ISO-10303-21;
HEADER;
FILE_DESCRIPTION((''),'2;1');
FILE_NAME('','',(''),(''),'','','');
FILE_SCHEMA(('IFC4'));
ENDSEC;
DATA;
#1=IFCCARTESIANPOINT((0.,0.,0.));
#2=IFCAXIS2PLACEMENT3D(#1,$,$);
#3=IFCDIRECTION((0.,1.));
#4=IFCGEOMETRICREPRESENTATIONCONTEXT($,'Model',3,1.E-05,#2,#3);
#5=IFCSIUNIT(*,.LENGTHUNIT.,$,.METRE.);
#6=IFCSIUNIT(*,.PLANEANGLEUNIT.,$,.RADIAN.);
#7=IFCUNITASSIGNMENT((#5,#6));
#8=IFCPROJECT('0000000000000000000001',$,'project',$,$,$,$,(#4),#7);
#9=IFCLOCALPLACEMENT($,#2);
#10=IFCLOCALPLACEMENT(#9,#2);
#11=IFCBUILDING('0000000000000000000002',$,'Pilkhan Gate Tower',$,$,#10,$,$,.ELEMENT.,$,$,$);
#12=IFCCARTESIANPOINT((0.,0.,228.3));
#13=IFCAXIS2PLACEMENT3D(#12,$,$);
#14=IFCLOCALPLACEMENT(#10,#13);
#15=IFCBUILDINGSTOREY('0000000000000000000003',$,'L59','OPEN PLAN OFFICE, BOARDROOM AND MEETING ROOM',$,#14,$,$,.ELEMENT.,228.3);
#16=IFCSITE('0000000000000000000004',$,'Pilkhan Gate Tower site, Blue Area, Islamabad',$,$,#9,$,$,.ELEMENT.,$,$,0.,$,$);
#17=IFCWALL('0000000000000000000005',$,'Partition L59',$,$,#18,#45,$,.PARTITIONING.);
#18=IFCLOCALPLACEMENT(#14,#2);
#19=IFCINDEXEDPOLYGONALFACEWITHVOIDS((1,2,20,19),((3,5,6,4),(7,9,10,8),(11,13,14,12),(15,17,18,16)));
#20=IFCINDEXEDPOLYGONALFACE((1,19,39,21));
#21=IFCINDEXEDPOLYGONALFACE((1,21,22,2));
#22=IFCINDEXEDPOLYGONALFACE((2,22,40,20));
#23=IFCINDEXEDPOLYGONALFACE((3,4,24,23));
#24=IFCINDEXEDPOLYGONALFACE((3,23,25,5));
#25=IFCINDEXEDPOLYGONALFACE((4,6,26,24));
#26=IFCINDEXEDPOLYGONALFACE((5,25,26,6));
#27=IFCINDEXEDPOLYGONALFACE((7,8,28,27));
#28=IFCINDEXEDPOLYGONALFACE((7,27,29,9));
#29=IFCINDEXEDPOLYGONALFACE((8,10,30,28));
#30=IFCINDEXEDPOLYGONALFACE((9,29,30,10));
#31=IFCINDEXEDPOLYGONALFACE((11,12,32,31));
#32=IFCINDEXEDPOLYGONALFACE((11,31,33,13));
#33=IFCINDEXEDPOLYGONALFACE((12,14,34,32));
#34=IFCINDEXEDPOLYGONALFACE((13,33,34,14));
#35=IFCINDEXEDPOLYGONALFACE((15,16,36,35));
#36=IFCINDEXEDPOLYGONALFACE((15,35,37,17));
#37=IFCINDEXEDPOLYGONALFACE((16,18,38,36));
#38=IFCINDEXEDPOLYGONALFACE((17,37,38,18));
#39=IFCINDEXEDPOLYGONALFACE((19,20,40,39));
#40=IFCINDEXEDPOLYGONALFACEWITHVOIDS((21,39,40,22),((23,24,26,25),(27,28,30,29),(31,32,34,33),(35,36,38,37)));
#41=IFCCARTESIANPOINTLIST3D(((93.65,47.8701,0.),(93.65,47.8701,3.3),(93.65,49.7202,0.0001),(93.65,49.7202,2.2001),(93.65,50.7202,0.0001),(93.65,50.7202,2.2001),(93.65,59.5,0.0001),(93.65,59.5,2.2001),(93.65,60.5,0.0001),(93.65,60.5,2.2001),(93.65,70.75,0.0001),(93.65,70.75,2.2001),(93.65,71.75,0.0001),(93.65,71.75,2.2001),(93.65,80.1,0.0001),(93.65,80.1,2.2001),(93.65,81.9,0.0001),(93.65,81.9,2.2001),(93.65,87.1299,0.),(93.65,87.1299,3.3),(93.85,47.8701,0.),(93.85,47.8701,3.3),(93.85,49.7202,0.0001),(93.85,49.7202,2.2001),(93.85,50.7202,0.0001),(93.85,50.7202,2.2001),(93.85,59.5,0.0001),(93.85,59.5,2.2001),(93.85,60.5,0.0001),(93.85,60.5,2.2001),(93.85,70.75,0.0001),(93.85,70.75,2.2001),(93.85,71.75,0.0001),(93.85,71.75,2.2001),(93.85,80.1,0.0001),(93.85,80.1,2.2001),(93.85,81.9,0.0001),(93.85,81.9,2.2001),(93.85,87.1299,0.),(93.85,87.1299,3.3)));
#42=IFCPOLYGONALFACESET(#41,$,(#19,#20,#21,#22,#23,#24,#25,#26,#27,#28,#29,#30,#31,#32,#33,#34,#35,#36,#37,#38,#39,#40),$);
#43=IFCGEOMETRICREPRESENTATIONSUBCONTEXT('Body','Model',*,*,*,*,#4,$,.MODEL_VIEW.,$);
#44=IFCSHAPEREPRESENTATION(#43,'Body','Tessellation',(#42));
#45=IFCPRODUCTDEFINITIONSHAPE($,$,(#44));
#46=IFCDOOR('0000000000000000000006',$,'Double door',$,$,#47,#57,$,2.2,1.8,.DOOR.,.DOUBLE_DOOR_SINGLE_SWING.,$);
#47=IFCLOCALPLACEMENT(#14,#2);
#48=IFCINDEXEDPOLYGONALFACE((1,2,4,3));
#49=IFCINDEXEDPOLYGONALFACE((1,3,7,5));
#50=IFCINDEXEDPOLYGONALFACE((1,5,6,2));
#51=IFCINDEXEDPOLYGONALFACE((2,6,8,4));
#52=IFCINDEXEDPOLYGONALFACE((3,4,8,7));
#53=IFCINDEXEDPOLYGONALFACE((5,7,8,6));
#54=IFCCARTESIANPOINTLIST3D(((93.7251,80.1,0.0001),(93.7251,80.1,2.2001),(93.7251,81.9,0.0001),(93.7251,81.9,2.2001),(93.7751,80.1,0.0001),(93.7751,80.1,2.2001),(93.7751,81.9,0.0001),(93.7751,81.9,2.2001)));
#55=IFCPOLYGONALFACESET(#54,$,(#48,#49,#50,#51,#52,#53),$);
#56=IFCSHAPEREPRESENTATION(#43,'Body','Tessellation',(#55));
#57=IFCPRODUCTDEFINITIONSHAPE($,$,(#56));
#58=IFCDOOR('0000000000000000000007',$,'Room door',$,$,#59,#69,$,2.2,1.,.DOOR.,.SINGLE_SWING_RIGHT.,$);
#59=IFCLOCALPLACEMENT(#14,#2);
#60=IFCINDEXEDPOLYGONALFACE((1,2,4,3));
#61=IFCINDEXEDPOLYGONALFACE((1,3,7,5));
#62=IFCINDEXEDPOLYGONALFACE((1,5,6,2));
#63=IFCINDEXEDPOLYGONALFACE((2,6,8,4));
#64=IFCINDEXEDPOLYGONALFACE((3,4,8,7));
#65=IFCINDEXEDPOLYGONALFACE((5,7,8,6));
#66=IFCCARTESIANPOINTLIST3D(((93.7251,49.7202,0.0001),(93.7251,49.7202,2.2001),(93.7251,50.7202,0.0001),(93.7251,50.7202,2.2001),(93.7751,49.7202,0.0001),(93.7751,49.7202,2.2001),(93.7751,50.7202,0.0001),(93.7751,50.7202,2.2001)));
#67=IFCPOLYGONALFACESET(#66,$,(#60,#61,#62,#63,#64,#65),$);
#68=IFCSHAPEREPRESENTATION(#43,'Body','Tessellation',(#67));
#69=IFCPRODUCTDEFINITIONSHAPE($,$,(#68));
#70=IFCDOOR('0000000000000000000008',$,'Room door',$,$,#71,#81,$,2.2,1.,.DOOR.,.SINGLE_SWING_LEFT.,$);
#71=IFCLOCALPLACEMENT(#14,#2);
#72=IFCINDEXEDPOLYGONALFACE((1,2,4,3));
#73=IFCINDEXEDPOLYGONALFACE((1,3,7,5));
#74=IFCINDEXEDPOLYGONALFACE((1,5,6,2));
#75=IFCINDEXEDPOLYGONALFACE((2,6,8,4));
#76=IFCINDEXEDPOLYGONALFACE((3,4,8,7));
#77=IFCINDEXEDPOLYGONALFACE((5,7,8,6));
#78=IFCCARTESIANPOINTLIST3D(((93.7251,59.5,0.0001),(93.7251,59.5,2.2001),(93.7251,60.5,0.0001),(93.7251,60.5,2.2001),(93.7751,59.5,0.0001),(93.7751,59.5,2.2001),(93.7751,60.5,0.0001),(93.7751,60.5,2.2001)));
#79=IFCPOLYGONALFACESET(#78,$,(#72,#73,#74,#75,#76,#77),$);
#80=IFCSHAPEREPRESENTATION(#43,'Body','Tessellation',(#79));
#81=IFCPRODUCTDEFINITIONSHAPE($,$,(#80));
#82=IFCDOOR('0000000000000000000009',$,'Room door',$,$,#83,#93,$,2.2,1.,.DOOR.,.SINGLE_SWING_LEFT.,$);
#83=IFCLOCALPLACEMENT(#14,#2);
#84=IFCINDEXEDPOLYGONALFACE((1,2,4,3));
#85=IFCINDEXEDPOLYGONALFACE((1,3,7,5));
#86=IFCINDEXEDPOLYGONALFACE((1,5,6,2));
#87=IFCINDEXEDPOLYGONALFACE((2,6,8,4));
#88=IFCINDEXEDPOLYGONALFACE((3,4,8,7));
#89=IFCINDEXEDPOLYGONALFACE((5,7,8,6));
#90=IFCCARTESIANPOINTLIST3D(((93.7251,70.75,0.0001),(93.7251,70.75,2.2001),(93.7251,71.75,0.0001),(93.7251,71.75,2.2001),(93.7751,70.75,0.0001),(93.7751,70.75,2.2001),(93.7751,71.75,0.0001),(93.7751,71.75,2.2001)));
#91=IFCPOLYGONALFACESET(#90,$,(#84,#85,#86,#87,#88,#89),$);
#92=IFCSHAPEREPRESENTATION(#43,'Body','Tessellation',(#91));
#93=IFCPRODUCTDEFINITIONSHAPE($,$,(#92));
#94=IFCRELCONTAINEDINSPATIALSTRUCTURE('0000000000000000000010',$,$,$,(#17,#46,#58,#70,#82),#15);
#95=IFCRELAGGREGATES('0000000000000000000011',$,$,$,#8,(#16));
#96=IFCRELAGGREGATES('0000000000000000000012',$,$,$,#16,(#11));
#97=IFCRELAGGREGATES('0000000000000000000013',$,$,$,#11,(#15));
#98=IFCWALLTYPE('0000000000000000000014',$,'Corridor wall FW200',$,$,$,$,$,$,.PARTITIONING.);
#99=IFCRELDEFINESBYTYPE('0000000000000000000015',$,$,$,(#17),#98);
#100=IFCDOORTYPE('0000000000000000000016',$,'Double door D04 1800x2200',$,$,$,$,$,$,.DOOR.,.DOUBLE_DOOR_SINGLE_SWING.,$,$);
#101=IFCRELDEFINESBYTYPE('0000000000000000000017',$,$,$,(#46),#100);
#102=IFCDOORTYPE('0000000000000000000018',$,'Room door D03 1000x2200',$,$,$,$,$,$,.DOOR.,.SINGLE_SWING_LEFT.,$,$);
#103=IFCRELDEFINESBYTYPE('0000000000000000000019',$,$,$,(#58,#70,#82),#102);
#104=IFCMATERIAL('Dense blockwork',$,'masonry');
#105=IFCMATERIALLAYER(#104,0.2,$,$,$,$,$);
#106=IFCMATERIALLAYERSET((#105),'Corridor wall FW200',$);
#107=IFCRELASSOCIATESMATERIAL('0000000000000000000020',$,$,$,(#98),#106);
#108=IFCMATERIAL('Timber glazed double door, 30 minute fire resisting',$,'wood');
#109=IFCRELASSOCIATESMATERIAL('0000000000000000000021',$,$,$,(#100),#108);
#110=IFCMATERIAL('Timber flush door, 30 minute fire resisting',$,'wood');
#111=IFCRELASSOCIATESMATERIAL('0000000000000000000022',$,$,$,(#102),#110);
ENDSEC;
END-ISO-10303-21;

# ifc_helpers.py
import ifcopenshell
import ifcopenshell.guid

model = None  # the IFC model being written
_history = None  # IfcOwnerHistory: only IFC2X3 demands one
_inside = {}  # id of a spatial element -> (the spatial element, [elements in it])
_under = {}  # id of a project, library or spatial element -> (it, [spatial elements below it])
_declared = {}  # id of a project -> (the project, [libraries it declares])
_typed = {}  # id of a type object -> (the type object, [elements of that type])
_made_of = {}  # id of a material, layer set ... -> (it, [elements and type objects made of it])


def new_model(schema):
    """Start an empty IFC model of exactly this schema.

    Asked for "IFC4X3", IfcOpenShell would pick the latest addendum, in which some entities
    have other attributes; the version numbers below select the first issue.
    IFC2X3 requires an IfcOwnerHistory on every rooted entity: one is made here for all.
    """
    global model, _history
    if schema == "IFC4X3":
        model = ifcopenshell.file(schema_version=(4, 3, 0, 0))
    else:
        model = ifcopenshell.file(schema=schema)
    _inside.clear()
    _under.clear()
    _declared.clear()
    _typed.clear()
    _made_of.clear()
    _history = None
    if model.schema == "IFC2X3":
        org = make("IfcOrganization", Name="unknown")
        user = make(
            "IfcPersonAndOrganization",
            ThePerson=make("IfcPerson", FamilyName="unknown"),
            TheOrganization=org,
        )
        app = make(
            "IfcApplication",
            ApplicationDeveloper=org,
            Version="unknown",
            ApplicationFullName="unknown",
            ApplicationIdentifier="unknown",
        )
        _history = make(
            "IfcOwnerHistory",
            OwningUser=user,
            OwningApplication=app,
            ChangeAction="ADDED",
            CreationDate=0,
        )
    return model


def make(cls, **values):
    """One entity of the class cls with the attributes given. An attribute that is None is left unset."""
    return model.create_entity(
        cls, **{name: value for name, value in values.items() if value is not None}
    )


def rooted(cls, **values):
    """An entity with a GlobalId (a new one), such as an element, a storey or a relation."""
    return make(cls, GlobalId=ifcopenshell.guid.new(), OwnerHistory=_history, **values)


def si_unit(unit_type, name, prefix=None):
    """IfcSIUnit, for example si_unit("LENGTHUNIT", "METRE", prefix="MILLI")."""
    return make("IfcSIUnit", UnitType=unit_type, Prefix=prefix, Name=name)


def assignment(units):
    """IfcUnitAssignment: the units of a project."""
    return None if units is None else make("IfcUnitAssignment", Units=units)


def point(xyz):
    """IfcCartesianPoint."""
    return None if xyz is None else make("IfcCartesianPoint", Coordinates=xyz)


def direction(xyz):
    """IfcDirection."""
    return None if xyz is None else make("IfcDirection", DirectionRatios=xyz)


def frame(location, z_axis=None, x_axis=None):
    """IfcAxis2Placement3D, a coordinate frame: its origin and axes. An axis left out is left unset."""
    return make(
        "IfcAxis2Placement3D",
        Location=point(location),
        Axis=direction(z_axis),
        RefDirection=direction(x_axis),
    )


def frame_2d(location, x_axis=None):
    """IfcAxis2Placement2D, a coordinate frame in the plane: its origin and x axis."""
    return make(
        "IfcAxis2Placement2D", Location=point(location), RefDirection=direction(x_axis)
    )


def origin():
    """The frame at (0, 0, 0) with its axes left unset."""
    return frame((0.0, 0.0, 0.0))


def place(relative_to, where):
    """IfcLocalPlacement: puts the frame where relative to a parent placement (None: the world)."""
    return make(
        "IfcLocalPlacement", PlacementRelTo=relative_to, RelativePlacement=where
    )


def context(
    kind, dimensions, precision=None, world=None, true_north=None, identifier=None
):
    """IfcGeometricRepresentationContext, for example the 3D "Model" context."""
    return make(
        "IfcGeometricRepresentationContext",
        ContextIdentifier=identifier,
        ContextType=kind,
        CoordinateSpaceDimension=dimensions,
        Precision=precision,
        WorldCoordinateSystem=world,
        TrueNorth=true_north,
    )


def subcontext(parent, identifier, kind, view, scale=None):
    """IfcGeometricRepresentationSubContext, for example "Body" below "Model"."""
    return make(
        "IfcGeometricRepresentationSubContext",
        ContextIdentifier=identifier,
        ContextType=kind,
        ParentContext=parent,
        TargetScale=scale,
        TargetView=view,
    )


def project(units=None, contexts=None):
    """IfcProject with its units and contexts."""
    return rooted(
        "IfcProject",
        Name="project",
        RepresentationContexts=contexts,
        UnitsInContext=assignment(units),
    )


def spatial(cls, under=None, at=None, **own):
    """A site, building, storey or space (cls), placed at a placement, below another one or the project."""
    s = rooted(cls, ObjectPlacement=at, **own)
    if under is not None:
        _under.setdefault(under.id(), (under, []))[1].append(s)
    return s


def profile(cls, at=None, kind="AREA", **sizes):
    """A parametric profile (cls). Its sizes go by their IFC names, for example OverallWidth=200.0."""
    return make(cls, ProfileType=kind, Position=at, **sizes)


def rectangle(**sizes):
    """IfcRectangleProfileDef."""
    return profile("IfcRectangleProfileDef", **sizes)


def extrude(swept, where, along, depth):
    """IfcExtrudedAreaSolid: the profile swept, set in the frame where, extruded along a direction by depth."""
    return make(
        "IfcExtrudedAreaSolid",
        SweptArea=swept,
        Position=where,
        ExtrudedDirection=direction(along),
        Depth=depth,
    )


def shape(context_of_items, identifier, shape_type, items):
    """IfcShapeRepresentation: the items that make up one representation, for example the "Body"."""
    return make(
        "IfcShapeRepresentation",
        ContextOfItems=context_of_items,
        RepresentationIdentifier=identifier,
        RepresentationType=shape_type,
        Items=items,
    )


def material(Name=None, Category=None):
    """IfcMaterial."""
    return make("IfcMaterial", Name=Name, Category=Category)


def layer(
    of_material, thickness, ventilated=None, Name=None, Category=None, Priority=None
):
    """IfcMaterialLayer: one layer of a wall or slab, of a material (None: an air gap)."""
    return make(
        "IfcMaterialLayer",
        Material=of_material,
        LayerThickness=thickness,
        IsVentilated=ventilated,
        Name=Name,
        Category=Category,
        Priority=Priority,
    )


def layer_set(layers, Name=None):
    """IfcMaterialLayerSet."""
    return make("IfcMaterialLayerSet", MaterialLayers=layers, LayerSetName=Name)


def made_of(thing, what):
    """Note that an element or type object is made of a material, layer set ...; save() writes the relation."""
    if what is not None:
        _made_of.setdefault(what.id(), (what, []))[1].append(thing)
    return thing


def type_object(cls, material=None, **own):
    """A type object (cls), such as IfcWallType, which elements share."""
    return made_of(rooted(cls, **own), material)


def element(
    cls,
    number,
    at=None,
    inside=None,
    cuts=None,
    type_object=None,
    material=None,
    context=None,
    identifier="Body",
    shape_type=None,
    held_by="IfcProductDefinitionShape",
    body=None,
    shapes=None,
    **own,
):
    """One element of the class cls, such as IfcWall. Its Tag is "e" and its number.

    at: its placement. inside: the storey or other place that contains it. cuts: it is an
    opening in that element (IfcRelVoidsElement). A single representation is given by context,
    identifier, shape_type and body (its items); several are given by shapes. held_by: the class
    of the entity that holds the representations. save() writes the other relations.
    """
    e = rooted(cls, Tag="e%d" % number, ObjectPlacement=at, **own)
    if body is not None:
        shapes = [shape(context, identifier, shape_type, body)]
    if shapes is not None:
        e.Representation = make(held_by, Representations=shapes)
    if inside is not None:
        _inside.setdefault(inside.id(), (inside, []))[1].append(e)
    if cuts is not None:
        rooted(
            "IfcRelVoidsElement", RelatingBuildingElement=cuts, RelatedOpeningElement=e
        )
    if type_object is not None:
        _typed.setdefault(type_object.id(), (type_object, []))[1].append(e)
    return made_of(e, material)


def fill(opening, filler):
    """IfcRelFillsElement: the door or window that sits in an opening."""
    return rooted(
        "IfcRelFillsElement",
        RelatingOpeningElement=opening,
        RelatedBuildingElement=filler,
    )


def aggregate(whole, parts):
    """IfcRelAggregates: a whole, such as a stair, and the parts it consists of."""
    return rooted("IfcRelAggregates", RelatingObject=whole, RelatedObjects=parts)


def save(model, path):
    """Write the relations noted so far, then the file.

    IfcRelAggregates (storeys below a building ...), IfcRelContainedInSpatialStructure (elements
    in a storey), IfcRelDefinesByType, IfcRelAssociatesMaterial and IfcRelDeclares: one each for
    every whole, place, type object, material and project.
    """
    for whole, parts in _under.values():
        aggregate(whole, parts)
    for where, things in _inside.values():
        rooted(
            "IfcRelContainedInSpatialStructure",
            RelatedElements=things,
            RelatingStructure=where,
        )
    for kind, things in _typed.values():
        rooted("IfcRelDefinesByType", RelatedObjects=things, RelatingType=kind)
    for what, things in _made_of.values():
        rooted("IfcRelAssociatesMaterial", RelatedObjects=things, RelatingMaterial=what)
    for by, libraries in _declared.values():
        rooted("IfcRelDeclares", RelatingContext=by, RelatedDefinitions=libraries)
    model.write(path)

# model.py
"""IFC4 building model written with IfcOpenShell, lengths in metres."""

from ifc_helpers import new_model, si_unit, direction, frame, frame_2d, origin, place, context, subcontext, project, spatial, rectangle, extrude, material, layer, layer_set, type_object, element, fill, save


model = new_model("IFC4")

# Units and contexts
model_context = context("Model", 3, precision=1e-05, world=origin(), true_north=direction((0.0, 1.0)))
body_context = subcontext(model_context, "Body", "Model", "MODEL_VIEW")
ifc_project = project(units=[si_unit("LENGTHUNIT", "METRE"), si_unit("PLANEANGLEUNIT", "RADIAN")], contexts=[model_context])

# Site, building, storey
site_placement = place(None, origin())
site = spatial("IfcSite", under=ifc_project, at=site_placement, Name="Pilkhan Gate Tower site, Blue Area, Islamabad", CompositionType="ELEMENT", RefElevation=0.0)
building_placement = place(site_placement, origin())
building = spatial("IfcBuilding", under=site, at=building_placement, Name="Pilkhan Gate Tower", CompositionType="ELEMENT")
storey_placement = place(building_placement, frame((0.0, 0.0, 228.3)))
storey = spatial("IfcBuildingStorey", under=building, at=storey_placement, Name="L59", Description="OPEN PLAN OFFICE, BOARDROOM AND MEETING ROOM", CompositionType="ELEMENT", Elevation=228.3)

# Shared definitions
ifc_material_1 = material(Name="Dense blockwork", Category="masonry")
ifc_layer_1 = layer(ifc_material_1, 0.2)
ifc_layer_set_1 = layer_set([ifc_layer_1], Name="Corridor wall FW200")
wall_type = type_object("IfcWallType", Name="Corridor wall FW200", PredefinedType="PARTITIONING", material=ifc_layer_set_1)

# Wall, openings, doors
wall_1_placement = place(storey_placement, frame((93.75, 47.8701, 0.0), z_axis=(0.0, 0.0, 1.0), x_axis=(0.0, 1.0, 0.0)))
wall_1 = element("IfcWall", 1, at=wall_1_placement, inside=storey, type_object=wall_type, Name="Partition L59", PredefinedType="PARTITIONING", context=body_context, shape_type="SweptSolid", body=[
    extrude(rectangle(XDim=39.2598, YDim=0.2, at=frame_2d((19.6299, 0.0))), origin(), (0.0, 0.0, 1.0), 3.3),
])
opening_1_placement = place(wall_1_placement, frame((1.8501, 0.0, 0.0)))
opening_1 = element("IfcOpeningElement", 2, at=opening_1_placement, cuts=wall_1, PredefinedType="OPENING", context=body_context, shape_type="SweptSolid", body=[
    extrude(rectangle(XDim=1.0, YDim=2.2, at=frame_2d((0.5, 1.1001))), frame((0.0, 0.1099, 0.0), z_axis=(0.0, -1.0, 0.0), x_axis=(1.0, 0.0, 0.0)), (0.0, 0.0, 1.0), 0.22),
])
opening_2_placement = place(wall_1_placement, frame((11.6299, 0.0, 0.0)))
opening_2 = element("IfcOpeningElement", 3, at=opening_2_placement, cuts=wall_1, PredefinedType="OPENING", context=body_context, shape_type="SweptSolid", body=[
    extrude(rectangle(XDim=1.0, YDim=2.2, at=frame_2d((0.5, 1.1001))), frame((0.0, 0.1099, 0.0), z_axis=(0.0, -1.0, 0.0), x_axis=(1.0, 0.0, 0.0)), (0.0, 0.0, 1.0), 0.22),
])
opening_3_placement = place(wall_1_placement, frame((22.8799, 0.0, 0.0)))
opening_3 = element("IfcOpeningElement", 4, at=opening_3_placement, cuts=wall_1, PredefinedType="OPENING", context=body_context, shape_type="SweptSolid", body=[
    extrude(rectangle(XDim=1.0, YDim=2.2, at=frame_2d((0.5, 1.1001))), frame((0.0, 0.1099, 0.0), z_axis=(0.0, -1.0, 0.0), x_axis=(1.0, 0.0, 0.0)), (0.0, 0.0, 1.0), 0.22),
])
opening_4_placement = place(wall_1_placement, frame((32.23, 0.0, 0.0)))
opening_4 = element("IfcOpeningElement", 5, at=opening_4_placement, cuts=wall_1, PredefinedType="OPENING", context=body_context, shape_type="SweptSolid", body=[
    extrude(rectangle(XDim=1.8, YDim=2.2, at=frame_2d((0.8999, 1.1001))), frame((0.0, 0.1099, 0.0), z_axis=(0.0, -1.0, 0.0), x_axis=(1.0, 0.0, 0.0)), (0.0, 0.0, 1.0), 0.22),
])
ifc_material_2 = material(Name="Timber glazed double door, 30 minute fire resisting", Category="wood")
door_type_1 = type_object("IfcDoorType", Name="Double door D04 1800x2200", OperationType="DOUBLE_DOOR_SINGLE_SWING", PredefinedType="DOOR", material=ifc_material_2)
door_1_placement = place(opening_4_placement, origin())
door_1 = element("IfcDoor", 6, at=door_1_placement, inside=storey, type_object=door_type_1, Name="Double door", OperationType="DOUBLE_DOOR_SINGLE_SWING", OverallHeight=2.2, OverallWidth=1.8, PredefinedType="DOOR", context=body_context, shape_type="SweptSolid", body=[
    extrude(rectangle(XDim=1.8, YDim=2.2, at=frame_2d((0.8999, 1.1001))), frame((0.0, 0.0249, 0.0), z_axis=(0.0, -1.0, 0.0), x_axis=(1.0, 0.0, 0.0)), (0.0, 0.0, 1.0), 0.05),
])
fill(opening_4, door_1)
ifc_material_3 = material(Name="Timber flush door, 30 minute fire resisting", Category="wood")
door_type_2 = type_object("IfcDoorType", Name="Room door D03 1000x2200", OperationType="SINGLE_SWING_LEFT", PredefinedType="DOOR", material=ifc_material_3)
door_2_placement = place(opening_1_placement, origin())
door_2 = element("IfcDoor", 7, at=door_2_placement, inside=storey, type_object=door_type_2, Name="Room door", OperationType="SINGLE_SWING_RIGHT", OverallHeight=2.2, OverallWidth=1.0, PredefinedType="DOOR", context=body_context, shape_type="SweptSolid", body=[
    extrude(rectangle(XDim=1.0, YDim=2.2, at=frame_2d((0.5, 1.1001))), frame((0.0, 0.0249, 0.0), z_axis=(0.0, -1.0, 0.0), x_axis=(1.0, 0.0, 0.0)), (0.0, 0.0, 1.0), 0.05),
])
fill(opening_1, door_2)
door_3_placement = place(opening_2_placement, origin())
door_3 = element("IfcDoor", 8, at=door_3_placement, inside=storey, type_object=door_type_2, Name="Room door", OperationType="SINGLE_SWING_LEFT", OverallHeight=2.2, OverallWidth=1.0, PredefinedType="DOOR", context=body_context, shape_type="SweptSolid", body=[
    extrude(rectangle(XDim=1.0, YDim=2.2, at=frame_2d((0.5, 1.1001))), frame((0.0, 0.0249, 0.0), z_axis=(0.0, -1.0, 0.0), x_axis=(1.0, 0.0, 0.0)), (0.0, 0.0, 1.0), 0.05),
])
fill(opening_2, door_3)
door_4_placement = place(opening_3_placement, origin())
door_4 = element("IfcDoor", 9, at=door_4_placement, inside=storey, type_object=door_type_2, Name="Room door", OperationType="SINGLE_SWING_LEFT", OverallHeight=2.2, OverallWidth=1.0, PredefinedType="DOOR", context=body_context, shape_type="SweptSolid", body=[
    extrude(rectangle(XDim=1.0, YDim=2.2, at=frame_2d((0.5, 1.1001))), frame((0.0, 0.0249, 0.0), z_axis=(0.0, -1.0, 0.0), x_axis=(1.0, 0.0, 0.0)), (0.0, 0.0, 1.0), 0.05),
])
fill(opening_3, door_4)

save(model, "model.ifc")
